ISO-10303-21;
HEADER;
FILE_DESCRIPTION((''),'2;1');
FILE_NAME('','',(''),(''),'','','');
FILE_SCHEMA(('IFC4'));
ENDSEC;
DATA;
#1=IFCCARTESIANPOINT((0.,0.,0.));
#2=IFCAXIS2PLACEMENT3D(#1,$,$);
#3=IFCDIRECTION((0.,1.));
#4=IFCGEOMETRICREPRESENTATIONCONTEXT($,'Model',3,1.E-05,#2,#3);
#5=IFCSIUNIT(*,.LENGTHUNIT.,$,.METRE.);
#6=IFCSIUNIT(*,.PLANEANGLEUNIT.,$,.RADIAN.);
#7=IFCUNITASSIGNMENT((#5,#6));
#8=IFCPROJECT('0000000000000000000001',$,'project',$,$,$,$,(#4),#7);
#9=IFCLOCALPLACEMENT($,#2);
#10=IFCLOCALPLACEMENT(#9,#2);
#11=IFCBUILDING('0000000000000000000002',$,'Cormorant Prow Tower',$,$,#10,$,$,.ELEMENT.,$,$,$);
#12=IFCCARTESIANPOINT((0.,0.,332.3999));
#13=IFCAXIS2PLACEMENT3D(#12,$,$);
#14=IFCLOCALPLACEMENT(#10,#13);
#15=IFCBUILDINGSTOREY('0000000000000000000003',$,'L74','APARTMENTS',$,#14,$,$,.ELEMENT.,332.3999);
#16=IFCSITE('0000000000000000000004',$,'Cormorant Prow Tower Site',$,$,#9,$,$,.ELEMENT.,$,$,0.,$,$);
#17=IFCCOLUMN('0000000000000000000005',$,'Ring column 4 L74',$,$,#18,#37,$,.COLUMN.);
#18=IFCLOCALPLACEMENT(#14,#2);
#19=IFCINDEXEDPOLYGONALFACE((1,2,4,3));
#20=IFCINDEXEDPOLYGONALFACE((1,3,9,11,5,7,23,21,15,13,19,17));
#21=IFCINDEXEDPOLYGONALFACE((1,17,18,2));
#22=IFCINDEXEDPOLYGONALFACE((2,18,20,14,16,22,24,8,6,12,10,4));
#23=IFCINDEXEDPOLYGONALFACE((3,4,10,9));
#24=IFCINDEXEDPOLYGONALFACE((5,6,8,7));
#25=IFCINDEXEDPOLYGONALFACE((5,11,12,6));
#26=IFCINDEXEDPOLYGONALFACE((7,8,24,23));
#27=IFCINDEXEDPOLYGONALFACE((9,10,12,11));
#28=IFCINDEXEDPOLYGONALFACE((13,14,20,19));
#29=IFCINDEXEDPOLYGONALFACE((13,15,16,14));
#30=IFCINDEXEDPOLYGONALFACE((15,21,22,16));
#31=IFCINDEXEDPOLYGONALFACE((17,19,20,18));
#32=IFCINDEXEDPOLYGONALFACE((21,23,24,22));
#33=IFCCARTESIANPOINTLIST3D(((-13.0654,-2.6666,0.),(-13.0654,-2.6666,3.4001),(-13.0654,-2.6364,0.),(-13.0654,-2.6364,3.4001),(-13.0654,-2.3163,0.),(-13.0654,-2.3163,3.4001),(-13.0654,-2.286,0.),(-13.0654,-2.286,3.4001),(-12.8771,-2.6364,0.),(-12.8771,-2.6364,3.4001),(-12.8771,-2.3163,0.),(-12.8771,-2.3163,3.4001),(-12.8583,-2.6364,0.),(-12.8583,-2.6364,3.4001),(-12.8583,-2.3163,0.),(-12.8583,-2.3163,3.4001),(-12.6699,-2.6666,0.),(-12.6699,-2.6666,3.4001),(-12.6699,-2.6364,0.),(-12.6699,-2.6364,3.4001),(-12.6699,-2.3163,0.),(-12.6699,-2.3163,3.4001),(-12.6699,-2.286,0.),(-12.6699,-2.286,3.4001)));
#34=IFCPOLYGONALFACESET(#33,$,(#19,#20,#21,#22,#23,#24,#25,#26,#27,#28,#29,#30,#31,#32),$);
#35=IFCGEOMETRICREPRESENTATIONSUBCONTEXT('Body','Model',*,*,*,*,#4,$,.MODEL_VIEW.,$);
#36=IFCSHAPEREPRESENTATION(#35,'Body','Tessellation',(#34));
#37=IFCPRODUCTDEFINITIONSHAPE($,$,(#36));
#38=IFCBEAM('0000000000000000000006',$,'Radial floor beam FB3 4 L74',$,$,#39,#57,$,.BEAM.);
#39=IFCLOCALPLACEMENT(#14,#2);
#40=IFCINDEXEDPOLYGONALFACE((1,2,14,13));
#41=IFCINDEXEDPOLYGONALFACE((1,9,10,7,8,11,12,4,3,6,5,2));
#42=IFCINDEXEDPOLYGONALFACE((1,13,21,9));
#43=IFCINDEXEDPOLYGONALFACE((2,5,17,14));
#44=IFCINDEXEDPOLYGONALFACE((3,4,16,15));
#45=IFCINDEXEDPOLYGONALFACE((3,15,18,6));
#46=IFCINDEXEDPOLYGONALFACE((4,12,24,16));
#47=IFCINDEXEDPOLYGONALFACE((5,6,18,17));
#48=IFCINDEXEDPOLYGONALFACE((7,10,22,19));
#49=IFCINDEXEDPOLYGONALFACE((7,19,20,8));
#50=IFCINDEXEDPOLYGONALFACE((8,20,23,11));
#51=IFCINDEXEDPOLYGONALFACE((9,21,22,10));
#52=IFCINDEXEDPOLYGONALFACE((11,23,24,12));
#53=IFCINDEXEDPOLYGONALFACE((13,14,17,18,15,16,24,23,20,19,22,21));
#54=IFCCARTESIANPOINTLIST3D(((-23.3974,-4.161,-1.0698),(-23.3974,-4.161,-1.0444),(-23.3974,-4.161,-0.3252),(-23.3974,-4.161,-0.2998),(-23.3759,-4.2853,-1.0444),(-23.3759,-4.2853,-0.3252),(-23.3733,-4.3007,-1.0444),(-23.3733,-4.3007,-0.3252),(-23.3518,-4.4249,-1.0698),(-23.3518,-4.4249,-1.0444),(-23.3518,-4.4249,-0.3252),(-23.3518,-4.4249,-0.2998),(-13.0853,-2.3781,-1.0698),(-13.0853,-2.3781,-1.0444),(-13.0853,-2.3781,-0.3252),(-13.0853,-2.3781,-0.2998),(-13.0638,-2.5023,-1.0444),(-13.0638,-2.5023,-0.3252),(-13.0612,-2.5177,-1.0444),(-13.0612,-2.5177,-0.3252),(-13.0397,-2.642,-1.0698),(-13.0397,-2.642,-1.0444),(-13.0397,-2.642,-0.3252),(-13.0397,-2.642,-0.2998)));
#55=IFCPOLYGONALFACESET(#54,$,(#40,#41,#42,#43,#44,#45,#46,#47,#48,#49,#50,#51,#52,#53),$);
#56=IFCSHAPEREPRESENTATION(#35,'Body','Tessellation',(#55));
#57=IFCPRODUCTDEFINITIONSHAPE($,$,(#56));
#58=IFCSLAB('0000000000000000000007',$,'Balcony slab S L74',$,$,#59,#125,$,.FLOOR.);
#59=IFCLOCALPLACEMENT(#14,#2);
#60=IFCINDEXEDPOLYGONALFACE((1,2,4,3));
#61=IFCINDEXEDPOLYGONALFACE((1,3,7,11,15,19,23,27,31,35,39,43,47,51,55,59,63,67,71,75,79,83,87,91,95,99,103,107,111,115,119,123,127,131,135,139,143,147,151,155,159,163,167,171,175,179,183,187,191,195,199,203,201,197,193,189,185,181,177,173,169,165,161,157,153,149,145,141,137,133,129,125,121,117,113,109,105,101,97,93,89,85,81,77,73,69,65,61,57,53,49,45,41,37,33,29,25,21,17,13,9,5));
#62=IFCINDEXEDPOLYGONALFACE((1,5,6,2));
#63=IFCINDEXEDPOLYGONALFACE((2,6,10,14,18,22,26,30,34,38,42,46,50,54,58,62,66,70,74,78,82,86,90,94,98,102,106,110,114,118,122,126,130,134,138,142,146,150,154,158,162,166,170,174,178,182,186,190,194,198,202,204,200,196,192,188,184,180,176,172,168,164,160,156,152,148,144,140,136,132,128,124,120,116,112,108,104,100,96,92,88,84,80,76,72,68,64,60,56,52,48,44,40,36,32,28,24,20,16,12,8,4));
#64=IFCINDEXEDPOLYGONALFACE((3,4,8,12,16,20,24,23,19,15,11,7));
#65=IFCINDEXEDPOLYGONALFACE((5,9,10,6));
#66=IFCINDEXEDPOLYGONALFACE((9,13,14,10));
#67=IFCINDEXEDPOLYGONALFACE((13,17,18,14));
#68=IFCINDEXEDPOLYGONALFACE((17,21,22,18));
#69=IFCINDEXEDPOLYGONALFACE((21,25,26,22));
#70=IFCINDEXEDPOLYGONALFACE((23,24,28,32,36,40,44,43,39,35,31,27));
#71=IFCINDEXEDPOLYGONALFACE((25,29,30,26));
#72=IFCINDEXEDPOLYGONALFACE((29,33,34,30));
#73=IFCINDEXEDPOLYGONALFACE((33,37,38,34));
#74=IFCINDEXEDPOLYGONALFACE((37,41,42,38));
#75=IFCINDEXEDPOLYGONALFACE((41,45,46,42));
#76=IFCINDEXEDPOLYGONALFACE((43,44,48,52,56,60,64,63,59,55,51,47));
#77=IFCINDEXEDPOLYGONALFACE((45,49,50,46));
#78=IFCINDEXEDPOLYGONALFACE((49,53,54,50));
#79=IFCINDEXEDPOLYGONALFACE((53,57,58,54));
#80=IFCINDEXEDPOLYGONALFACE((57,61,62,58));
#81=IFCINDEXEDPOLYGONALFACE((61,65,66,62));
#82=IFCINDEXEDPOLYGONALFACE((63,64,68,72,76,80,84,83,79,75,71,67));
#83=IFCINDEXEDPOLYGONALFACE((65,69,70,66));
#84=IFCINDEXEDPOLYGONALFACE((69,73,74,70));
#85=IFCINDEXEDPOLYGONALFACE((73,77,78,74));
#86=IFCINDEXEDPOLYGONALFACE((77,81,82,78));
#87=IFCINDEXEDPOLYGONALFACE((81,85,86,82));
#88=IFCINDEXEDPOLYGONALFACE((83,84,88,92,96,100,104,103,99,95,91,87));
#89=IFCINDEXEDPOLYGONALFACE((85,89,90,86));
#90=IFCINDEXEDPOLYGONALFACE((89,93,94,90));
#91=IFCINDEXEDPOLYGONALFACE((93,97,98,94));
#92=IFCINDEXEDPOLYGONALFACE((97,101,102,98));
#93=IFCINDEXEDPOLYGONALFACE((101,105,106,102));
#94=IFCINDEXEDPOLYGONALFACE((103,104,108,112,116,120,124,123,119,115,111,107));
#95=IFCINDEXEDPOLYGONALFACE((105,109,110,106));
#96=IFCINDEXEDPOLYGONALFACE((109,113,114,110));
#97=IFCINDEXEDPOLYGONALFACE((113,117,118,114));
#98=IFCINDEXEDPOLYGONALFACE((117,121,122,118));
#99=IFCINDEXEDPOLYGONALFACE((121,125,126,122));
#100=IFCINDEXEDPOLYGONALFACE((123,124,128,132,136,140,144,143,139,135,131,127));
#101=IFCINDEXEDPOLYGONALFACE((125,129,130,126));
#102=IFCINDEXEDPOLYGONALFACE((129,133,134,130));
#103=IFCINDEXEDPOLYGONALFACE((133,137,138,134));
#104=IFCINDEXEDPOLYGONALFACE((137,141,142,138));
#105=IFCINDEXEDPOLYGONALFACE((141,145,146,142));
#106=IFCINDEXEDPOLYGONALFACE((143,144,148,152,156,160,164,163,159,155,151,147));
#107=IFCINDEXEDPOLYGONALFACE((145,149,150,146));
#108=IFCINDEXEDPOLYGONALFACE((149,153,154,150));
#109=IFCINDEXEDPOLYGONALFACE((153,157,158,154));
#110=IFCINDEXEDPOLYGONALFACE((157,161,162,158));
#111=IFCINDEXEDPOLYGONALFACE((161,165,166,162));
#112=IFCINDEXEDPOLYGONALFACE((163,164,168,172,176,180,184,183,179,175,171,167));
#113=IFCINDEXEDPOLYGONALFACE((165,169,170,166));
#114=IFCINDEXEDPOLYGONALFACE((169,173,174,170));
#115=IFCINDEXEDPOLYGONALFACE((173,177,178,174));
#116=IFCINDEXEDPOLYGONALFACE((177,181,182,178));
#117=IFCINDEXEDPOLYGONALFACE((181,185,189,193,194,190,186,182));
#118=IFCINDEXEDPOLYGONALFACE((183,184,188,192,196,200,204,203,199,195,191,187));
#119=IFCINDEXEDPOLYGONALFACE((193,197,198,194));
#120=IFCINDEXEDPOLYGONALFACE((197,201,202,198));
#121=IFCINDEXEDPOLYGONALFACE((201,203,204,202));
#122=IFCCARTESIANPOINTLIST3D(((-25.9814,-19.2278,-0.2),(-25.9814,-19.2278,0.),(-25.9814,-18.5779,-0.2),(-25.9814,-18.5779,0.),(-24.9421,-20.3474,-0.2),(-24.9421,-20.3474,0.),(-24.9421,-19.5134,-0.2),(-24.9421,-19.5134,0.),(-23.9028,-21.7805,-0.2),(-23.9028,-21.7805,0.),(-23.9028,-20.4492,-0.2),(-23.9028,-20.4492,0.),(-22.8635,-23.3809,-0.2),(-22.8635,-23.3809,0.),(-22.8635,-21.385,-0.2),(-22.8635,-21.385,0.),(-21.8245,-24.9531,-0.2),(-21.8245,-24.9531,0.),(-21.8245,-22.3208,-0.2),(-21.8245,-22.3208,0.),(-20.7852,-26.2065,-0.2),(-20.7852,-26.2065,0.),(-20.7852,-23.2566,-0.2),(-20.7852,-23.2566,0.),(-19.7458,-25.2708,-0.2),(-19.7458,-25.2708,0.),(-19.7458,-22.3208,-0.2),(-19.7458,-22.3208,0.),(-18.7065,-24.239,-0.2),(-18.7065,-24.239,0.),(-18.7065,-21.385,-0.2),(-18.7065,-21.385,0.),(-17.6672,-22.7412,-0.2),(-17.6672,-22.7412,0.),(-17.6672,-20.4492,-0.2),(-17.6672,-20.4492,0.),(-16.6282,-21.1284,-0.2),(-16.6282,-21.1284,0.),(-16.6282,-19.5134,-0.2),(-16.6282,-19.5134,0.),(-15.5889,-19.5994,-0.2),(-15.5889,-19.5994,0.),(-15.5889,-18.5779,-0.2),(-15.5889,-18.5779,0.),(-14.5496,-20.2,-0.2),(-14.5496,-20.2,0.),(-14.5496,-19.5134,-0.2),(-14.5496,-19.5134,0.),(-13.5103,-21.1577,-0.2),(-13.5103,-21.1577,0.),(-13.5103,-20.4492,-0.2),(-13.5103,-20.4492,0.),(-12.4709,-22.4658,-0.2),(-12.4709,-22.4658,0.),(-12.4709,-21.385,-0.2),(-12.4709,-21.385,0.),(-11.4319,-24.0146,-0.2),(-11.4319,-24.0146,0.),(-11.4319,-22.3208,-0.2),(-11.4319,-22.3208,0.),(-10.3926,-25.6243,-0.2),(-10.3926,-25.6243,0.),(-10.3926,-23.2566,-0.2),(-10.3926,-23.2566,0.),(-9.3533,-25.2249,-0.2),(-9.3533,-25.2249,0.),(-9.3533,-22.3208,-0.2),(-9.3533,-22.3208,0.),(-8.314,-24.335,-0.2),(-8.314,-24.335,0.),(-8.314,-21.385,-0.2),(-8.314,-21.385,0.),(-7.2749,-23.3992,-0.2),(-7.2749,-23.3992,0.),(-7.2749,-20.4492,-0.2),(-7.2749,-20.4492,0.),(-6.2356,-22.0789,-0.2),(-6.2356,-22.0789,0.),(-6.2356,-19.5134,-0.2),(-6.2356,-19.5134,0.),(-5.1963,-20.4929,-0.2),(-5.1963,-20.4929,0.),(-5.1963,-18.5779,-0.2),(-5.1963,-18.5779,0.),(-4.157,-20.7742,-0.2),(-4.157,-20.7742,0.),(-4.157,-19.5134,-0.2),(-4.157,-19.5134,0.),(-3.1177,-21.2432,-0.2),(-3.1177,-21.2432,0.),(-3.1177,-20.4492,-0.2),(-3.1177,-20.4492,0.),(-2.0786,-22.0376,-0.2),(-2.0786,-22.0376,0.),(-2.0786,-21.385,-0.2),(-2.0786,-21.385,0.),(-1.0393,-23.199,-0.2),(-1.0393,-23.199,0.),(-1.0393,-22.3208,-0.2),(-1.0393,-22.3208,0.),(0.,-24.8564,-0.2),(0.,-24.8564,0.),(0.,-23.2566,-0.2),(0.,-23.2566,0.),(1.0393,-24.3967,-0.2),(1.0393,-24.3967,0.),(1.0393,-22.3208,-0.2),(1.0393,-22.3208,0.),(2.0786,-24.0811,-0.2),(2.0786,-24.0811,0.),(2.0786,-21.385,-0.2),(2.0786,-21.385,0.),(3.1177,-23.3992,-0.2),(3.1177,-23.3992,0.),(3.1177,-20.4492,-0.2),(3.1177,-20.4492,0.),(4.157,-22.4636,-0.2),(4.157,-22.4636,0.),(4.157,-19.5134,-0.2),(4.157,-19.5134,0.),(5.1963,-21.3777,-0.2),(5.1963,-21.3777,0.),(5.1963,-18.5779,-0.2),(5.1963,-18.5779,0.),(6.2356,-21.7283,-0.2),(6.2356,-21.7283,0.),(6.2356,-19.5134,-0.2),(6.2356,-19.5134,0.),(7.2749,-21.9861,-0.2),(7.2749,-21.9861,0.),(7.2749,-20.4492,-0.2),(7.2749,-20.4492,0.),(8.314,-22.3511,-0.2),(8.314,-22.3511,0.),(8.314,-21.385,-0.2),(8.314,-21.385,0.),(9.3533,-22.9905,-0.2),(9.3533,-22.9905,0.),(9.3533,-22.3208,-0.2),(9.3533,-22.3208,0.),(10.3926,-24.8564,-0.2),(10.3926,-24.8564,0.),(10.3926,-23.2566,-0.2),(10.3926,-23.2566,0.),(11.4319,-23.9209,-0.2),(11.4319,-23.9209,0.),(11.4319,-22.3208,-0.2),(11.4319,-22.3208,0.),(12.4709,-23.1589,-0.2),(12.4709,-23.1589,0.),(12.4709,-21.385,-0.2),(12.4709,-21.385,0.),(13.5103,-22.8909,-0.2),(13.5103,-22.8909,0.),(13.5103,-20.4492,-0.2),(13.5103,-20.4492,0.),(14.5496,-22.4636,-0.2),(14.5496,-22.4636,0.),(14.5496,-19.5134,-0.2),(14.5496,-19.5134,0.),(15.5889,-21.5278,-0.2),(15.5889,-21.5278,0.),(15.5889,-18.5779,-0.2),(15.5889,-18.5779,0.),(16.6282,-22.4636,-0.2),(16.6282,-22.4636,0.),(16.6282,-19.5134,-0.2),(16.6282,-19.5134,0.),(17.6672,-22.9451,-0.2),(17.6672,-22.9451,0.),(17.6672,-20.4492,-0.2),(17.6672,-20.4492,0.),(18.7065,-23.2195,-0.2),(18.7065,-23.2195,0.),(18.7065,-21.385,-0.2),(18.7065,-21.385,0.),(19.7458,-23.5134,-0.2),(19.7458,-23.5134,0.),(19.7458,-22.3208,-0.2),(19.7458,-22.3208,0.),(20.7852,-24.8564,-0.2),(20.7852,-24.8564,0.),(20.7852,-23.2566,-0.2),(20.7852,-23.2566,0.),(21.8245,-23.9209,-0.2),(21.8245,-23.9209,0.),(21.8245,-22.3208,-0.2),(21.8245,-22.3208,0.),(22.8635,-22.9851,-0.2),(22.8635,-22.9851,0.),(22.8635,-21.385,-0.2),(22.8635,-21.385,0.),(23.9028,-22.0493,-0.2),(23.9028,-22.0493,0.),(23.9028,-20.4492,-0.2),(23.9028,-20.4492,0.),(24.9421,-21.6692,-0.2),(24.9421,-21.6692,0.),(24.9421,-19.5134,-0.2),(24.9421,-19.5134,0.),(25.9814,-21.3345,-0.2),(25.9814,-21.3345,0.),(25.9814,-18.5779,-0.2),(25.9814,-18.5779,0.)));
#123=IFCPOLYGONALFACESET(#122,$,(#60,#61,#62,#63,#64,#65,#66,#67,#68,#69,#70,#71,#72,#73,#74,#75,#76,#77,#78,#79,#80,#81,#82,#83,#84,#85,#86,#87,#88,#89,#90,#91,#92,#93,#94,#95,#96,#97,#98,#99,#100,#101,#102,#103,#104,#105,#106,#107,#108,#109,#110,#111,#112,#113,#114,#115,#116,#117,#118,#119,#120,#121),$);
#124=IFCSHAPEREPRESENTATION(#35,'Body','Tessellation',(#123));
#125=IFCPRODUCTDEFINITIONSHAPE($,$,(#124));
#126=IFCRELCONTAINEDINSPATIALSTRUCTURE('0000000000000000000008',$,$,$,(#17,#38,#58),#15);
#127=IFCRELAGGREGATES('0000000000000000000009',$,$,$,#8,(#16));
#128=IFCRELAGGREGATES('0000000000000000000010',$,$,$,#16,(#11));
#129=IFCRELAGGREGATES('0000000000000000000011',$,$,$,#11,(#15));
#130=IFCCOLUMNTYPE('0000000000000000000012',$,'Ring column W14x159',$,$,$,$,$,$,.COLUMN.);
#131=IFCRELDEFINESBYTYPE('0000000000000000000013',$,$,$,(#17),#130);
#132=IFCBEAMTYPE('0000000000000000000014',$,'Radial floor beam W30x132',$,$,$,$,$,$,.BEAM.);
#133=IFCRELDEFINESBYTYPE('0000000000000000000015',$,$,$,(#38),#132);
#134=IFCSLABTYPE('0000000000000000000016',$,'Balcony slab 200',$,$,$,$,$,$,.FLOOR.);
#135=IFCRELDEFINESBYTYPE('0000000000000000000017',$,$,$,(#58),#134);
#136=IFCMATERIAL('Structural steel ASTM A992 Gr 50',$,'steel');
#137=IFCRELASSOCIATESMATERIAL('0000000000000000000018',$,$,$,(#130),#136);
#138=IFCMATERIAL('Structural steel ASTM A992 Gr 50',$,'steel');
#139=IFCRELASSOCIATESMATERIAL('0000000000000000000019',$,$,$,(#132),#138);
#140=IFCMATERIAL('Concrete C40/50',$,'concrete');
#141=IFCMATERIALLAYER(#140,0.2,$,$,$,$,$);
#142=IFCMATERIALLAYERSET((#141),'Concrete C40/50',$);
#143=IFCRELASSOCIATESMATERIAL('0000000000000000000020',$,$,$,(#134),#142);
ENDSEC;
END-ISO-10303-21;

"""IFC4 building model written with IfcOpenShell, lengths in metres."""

from ifc_helpers import new_model, si_unit, direction, frame, origin, origin_2d, place, context, subcontext, project, spatial, polyline, i_section, outline, extrude, material, layer, layer_set, material_profile, profile_set, type_object, element, save


model = new_model("IFC4")

# Units and contexts
model_context = context("Model", 3, precision=1e-05, world=origin(), true_north=direction((0.0, 1.0)))
body_context = subcontext(model_context, "Body", "Model", "MODEL_VIEW")
ifc_project = project(units=[si_unit("LENGTHUNIT", "METRE"), si_unit("PLANEANGLEUNIT", "RADIAN")], contexts=[model_context])

# Site, building, storey
site_placement = place(None, origin())
site = spatial("IfcSite", under=ifc_project, at=site_placement, Name="Cormorant Prow Tower Site", CompositionType="ELEMENT", RefElevation=0.0)
building_placement = place(site_placement, origin())
building = spatial("IfcBuilding", under=site, at=building_placement, Name="Cormorant Prow Tower", CompositionType="ELEMENT")
storey_placement = place(building_placement, frame((0.0, 0.0, 332.3999)))
storey = spatial("IfcBuildingStorey", under=building, at=storey_placement, Name="L74", Description="APARTMENTS", CompositionType="ELEMENT", Elevation=332.3999)

# Column
ifc_material_1 = material(Name="Structural steel ASTM A992 Gr 50", Category="steel")
ifc_material_profile_1 = material_profile(ifc_material_1, i_section(OverallWidth=0.3955, OverallDepth=0.3806, WebThickness=0.0188, FlangeThickness=0.0303, at=origin_2d()), Name="W14x159")
ifc_profile_set_1 = profile_set([ifc_material_profile_1], Name="Structural steel ASTM A992 Gr 50")
column_type = type_object("IfcColumnType", Name="Ring column W14x159", PredefinedType="COLUMN", material=ifc_profile_set_1)
column_placement = place(storey_placement, frame((-12.8677, -2.4763, 0.0), z_axis=(0.0, 0.0, 1.0), x_axis=(1.0, 0.0, 0.0)))
element("IfcColumn", 1, at=column_placement, inside=storey, type_object=column_type, Name="Ring column 4 L74", PredefinedType="COLUMN", context=body_context, shape_type="SweptSolid", body=[
    extrude(i_section(OverallWidth=0.3955, OverallDepth=0.3806, WebThickness=0.0188, FlangeThickness=0.0303, at=origin_2d()), origin(), (0.0, 0.0, 1.0), 3.4001),
])

# Beam
ifc_material_2 = material(Name="Structural steel ASTM A992 Gr 50", Category="steel")
ifc_material_profile_2 = material_profile(ifc_material_2, i_section(OverallWidth=0.2678, OverallDepth=0.77, WebThickness=0.0156, FlangeThickness=0.0254, at=origin_2d()), Name="W30x132")
ifc_profile_set_2 = profile_set([ifc_material_profile_2], Name="Structural steel ASTM A992 Gr 50")
beam_type = type_object("IfcBeamType", Name="Radial floor beam W30x132", PredefinedType="BEAM", material=ifc_profile_set_2)
beam_placement = place(storey_placement, frame((-13.0625, -2.51, -0.6848), z_axis=(-0.98538, -0.170373, 0.0), x_axis=(0.170373, -0.98538, 0.0)))
element("IfcBeam", 2, at=beam_placement, inside=storey, type_object=beam_type, Name="Radial floor beam FB3 4 L74", PredefinedType="BEAM", context=body_context, shape_type="SweptSolid", body=[
    extrude(i_section(OverallWidth=0.2678, OverallDepth=0.77, WebThickness=0.0156, FlangeThickness=0.0254, at=origin_2d()), origin(), (0.0, 0.0, 1.0), 10.4651),
])

# Slab
ifc_material_3 = material(Name="Concrete C40/50", Category="concrete")
ifc_layer_1 = layer(ifc_material_3, 0.2)
ifc_layer_set_1 = layer_set([ifc_layer_1], Name="Concrete C40/50")
slab_type_1 = type_object("IfcSlabType", Name="Balcony slab 200", PredefinedType="FLOOR", material=ifc_layer_set_1)
slab_1_placement = place(storey_placement, frame((0.0, 0.0, -0.2)))
element("IfcSlab", 3, at=slab_1_placement, inside=storey, type_object=slab_type_1, Name="Balcony slab S L74", PredefinedType="FLOOR", context=body_context, shape_type="SweptSolid", body=[
    extrude(outline(polyline([(-25.9814, -18.5779), (-25.9814, -19.2278), (-24.9421, -20.3474), (-23.9028, -21.7805), (-22.8635, -23.3809), (-21.8245, -24.9531), (-20.7852, -26.2065), (-19.7458, -25.2708), (-18.7065, -24.239), (-17.6672, -22.7412), (-16.6282, -21.1284), (-15.5889, -19.5994), (-14.5496, -20.2), (-13.5103, -21.1577), (-12.4709, -22.4658), (-11.4319, -24.0146), (-10.3926, -25.6243), (-9.3533, -25.2249), (-8.314, -24.335), (-7.2749, -23.3992), (-6.2356, -22.0789), (-5.1963, -20.4929), (-4.157, -20.7742), (-3.1177, -21.2432), (-2.0786, -22.0376), (-1.0393, -23.199), (0.0, -24.8564), (1.0393, -24.3967), (2.0786, -24.0811), (3.1177, -23.3992), (4.157, -22.4636), (5.1963, -21.3777), (6.2356, -21.7283), (7.2749, -21.9861), (8.314, -22.3511), (9.3533, -22.9905), (10.3926, -24.8564), (11.4319, -23.9209), (12.4709, -23.1589), (13.5103, -22.8909), (14.5496, -22.4636), (15.5889, -21.5278), (16.6282, -22.4636), (17.6672, -22.9451), (18.7065, -23.2195), (19.7458, -23.5134), (20.7852, -24.8564), (21.8245, -23.9209), (22.8635, -22.9851), (23.9028, -22.0493), (24.9421, -21.6692), (25.9814, -21.3345), (25.9814, -18.5779), (24.9421, -19.5134), (23.9028, -20.4492), (22.8635, -21.385), (21.8245, -22.3208), (20.7852, -23.2566), (19.7458, -22.3208), (18.7065, -21.385), (17.6672, -20.4492), (16.6282, -19.5134), (15.5889, -18.5779), (14.5496, -19.5134), (13.5103, -20.4492), (12.4709, -21.385), (11.4319, -22.3208), (10.3926, -23.2566), (9.3533, -22.3208), (8.314, -21.385), (7.2749, -20.4492), (6.2356, -19.5134), (5.1963, -18.5779), (4.157, -19.5134), (3.1177, -20.4492), (2.0786, -21.385), (1.0393, -22.3208), (0.0, -23.2566), (-1.0393, -22.3208), (-2.0786, -21.385), (-3.1177, -20.4492), (-4.157, -19.5134), (-5.1963, -18.5779), (-6.2356, -19.5134), (-7.2749, -20.4492), (-8.314, -21.385), (-9.3533, -22.3208), (-10.3926, -23.2566), (-11.4319, -22.3208), (-12.4709, -21.385), (-13.5103, -20.4492), (-14.5496, -19.5134), (-15.5889, -18.5779), (-16.6282, -19.5134), (-17.6672, -20.4492), (-18.7065, -21.385), (-19.7458, -22.3208), (-20.7852, -23.2566), (-21.8245, -22.3208), (-22.8635, -21.385), (-23.9028, -20.4492), (-24.9421, -19.5134), (-25.9814, -18.5779)])), origin(), (0.0, 0.0, 1.0), 0.2),
])

save(model, "model.ifc")
